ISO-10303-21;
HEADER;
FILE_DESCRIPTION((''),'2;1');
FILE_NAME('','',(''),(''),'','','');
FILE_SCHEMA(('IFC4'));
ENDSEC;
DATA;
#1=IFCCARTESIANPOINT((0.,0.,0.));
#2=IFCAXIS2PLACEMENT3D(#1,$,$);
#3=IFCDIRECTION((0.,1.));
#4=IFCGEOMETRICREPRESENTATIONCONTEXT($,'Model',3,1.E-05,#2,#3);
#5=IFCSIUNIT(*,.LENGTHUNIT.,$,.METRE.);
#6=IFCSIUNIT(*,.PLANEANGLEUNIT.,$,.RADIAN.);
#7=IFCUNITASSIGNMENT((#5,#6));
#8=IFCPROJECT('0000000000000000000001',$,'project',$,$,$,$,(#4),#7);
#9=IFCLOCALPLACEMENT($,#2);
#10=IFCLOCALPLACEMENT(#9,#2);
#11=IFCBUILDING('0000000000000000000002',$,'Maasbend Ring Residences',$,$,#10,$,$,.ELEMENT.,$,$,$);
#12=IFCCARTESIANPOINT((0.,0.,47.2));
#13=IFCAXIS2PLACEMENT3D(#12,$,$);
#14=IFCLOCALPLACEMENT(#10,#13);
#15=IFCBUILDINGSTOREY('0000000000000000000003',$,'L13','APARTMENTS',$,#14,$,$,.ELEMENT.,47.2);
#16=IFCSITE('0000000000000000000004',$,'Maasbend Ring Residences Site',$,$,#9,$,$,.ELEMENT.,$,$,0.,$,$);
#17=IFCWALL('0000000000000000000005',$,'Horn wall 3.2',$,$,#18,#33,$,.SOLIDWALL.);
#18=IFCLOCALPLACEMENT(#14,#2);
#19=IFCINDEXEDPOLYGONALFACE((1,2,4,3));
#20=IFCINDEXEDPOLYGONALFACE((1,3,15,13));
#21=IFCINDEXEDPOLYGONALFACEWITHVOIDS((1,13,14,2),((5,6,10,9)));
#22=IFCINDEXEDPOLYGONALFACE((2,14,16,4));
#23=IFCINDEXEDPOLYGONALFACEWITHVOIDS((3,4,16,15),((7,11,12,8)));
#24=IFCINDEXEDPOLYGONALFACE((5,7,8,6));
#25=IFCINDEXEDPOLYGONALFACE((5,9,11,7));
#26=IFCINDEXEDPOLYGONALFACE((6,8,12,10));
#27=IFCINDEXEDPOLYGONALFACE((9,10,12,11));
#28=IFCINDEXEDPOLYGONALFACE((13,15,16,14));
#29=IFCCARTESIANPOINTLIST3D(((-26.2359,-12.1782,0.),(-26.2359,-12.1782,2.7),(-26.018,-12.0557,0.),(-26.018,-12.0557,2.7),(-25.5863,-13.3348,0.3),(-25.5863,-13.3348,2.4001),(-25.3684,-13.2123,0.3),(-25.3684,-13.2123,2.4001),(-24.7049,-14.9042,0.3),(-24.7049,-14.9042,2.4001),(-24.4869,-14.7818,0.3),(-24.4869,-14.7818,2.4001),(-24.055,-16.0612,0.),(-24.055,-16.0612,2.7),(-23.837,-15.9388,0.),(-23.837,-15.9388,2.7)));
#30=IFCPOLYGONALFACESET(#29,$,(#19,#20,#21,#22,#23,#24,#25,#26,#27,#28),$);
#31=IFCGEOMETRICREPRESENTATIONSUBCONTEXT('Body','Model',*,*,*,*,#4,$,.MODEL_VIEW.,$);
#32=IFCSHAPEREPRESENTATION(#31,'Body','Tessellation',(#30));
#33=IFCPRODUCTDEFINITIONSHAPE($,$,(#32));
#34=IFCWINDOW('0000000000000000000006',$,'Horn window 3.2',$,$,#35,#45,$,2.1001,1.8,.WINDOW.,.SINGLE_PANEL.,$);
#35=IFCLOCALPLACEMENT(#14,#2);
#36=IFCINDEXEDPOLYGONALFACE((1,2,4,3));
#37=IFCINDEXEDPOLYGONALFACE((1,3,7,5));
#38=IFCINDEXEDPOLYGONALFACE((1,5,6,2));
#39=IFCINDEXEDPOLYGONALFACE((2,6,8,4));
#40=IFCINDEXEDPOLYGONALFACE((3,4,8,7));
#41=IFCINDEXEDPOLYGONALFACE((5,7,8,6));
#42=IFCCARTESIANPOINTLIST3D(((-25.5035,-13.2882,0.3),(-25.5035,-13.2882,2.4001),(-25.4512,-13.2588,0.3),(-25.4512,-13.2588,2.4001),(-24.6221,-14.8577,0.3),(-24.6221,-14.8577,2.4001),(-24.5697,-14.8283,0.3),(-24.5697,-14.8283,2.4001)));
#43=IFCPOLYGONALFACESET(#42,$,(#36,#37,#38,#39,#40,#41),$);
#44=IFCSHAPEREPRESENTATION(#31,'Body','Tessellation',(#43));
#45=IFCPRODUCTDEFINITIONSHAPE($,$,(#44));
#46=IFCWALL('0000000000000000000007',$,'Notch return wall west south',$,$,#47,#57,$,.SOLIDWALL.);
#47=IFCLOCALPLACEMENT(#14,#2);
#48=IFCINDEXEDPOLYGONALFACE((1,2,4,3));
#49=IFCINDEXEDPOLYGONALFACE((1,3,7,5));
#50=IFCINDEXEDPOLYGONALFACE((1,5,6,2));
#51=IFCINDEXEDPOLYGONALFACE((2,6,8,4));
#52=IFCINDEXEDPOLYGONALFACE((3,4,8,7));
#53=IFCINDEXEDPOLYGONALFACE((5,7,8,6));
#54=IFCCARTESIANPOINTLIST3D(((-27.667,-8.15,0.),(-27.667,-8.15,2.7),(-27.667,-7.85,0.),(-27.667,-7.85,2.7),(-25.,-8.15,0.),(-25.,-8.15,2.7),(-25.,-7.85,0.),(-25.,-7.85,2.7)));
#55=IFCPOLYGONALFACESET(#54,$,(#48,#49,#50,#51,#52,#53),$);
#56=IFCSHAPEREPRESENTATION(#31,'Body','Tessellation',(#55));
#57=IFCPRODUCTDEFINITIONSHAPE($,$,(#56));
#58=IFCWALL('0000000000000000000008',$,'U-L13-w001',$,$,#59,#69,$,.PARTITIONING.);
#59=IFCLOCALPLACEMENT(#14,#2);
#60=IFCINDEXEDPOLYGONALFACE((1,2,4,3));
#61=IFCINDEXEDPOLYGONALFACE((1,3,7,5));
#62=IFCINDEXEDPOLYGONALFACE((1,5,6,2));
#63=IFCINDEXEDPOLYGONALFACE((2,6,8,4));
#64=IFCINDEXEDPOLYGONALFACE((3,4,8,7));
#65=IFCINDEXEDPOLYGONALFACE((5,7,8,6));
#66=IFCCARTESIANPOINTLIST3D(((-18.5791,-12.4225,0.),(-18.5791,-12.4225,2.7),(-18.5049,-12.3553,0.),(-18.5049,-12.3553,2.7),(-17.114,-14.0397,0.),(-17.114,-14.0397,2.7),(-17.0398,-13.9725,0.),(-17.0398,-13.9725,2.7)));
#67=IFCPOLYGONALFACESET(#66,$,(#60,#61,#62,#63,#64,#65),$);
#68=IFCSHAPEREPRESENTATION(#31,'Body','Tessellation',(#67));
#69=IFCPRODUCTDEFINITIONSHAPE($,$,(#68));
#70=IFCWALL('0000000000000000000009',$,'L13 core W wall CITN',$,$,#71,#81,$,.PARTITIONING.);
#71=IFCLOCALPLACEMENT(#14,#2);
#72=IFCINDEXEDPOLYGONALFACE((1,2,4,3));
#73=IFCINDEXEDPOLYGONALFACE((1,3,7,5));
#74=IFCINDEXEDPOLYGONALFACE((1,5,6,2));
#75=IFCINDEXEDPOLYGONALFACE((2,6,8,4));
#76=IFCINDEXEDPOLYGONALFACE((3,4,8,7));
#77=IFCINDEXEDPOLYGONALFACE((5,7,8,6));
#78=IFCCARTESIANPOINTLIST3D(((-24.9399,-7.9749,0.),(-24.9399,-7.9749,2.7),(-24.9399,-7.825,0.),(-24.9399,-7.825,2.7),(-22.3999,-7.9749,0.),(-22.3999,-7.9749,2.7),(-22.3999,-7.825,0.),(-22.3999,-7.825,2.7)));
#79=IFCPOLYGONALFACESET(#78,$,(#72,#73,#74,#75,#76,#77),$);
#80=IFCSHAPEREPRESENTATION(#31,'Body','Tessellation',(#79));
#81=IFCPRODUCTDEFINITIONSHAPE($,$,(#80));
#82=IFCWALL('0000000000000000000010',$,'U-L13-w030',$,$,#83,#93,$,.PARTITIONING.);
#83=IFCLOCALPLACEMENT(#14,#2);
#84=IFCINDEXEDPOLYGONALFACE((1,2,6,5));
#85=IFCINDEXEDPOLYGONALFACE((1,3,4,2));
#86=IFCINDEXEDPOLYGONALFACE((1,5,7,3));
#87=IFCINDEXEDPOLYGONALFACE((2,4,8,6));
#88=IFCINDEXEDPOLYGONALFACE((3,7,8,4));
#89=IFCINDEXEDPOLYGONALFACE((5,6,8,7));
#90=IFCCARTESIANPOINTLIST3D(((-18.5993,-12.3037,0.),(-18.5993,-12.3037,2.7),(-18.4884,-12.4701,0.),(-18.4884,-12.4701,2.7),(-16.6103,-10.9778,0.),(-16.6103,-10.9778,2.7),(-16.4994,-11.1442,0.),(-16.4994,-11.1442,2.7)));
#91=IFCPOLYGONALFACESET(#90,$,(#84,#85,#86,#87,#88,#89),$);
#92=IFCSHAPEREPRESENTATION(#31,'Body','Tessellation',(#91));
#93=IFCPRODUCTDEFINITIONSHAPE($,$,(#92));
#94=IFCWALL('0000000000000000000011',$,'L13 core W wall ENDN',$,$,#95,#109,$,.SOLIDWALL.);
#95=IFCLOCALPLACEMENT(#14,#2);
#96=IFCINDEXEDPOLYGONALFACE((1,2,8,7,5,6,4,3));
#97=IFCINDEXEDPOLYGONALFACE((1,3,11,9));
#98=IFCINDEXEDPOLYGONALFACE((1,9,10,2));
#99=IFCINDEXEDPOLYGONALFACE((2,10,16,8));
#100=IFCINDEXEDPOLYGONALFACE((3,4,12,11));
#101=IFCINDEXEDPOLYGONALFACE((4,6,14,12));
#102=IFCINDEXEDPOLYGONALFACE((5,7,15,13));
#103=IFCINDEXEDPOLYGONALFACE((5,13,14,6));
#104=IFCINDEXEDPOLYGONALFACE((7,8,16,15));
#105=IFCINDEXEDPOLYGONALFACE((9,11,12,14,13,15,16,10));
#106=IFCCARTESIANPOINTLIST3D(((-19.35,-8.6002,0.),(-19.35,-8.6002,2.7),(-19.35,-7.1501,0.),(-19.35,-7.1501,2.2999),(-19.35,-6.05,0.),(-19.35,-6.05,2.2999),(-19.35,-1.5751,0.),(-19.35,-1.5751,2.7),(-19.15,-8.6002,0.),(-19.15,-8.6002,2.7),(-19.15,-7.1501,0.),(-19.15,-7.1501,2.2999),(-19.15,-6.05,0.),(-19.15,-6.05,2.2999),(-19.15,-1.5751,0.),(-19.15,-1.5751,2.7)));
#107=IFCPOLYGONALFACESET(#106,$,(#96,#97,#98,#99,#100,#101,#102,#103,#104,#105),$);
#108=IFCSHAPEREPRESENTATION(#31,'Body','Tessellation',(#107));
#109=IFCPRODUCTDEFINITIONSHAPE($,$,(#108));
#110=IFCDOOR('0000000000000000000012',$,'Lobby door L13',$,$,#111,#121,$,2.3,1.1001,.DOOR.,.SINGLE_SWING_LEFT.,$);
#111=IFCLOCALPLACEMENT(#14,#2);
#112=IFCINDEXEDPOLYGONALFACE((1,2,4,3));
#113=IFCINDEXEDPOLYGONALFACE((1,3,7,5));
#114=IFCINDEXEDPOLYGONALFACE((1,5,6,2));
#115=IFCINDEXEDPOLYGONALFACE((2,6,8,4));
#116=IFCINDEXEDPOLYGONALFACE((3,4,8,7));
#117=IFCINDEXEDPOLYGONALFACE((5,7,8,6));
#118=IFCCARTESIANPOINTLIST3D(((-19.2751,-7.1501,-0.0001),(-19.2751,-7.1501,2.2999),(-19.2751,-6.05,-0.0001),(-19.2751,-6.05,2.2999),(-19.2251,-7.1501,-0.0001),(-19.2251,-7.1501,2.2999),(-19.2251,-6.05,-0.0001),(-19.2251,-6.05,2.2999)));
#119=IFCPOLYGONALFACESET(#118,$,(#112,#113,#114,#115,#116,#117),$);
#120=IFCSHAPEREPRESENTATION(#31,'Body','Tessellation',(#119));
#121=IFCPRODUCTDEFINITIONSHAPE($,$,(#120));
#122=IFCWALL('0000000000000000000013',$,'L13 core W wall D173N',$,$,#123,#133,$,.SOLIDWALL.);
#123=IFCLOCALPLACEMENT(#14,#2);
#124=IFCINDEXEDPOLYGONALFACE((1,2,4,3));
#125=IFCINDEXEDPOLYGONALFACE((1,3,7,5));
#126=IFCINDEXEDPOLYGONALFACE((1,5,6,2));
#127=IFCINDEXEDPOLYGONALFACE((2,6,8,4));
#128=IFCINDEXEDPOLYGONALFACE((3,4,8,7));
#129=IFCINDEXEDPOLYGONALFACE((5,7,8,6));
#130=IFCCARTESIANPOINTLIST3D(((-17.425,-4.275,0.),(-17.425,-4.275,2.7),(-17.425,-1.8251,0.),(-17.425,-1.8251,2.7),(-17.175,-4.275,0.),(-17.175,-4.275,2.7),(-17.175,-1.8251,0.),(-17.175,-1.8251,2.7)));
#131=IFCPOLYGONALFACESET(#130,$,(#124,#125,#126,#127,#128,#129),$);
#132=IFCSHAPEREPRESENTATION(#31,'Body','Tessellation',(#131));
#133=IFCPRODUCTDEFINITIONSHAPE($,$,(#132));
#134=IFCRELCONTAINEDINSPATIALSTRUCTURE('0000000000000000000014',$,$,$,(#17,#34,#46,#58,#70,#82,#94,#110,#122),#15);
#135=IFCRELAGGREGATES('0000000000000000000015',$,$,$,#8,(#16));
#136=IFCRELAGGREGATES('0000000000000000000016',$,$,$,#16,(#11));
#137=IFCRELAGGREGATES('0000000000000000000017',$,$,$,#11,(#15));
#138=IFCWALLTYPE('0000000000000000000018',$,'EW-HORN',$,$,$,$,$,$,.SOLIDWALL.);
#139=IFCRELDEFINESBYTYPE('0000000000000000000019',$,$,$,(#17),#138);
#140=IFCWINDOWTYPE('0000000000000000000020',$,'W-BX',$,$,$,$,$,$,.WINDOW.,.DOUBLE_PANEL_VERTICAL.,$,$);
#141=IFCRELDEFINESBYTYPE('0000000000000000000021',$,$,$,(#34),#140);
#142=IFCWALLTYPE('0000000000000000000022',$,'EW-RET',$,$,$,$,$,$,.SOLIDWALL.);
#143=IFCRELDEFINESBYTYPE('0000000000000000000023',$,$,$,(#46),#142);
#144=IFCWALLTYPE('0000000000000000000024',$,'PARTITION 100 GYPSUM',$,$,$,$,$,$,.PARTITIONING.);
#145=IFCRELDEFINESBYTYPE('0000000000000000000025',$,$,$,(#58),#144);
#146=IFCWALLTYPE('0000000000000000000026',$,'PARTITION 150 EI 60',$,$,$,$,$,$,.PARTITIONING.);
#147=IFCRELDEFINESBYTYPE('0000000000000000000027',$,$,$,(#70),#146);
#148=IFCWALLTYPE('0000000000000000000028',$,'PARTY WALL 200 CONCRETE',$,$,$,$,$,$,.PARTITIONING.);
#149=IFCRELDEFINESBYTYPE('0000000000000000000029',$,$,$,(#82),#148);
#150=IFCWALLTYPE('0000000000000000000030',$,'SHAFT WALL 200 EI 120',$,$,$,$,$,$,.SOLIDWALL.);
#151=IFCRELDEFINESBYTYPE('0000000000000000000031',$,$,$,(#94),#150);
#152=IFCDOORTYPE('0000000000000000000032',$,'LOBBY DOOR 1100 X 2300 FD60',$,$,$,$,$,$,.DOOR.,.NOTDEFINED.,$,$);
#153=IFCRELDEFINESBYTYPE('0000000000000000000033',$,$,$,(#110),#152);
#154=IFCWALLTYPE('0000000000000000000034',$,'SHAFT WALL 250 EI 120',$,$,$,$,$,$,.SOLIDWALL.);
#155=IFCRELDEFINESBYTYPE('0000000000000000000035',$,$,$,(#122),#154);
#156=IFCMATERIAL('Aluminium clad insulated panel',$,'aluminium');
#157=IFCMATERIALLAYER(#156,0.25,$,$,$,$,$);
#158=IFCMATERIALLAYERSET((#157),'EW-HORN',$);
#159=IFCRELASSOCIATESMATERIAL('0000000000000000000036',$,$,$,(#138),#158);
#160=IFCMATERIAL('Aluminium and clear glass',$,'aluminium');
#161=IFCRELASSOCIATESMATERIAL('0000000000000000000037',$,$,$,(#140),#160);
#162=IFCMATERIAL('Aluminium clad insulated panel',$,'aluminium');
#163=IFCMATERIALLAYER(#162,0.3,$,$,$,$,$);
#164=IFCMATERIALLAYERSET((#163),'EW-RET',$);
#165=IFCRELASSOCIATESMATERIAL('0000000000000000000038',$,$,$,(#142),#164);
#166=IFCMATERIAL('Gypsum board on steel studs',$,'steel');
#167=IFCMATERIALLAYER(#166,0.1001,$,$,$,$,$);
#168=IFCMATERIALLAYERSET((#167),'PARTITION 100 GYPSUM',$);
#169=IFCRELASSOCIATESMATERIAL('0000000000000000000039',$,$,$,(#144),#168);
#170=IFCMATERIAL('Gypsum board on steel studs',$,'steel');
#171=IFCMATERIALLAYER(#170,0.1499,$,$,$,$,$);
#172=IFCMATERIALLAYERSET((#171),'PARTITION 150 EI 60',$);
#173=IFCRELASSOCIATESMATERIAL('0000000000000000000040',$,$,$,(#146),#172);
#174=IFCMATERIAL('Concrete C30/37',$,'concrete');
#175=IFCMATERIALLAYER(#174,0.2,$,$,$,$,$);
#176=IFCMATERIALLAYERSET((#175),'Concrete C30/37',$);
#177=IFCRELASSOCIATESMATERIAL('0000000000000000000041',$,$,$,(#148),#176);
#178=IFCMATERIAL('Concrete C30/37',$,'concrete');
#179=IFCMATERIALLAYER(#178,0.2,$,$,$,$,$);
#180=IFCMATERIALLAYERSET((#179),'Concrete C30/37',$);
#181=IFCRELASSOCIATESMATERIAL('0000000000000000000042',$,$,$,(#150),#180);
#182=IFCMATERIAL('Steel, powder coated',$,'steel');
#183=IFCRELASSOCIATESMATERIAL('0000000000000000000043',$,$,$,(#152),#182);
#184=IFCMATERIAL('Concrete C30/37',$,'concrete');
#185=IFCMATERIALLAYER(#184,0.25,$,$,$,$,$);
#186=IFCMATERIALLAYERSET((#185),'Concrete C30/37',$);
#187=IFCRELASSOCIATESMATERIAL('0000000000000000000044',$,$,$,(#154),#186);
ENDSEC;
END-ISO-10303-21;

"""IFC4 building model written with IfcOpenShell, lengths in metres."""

from ifc_helpers import new_model, si_unit, direction, frame, frame_2d, origin, place, context, subcontext, project, spatial, rectangle, extrude, material, layer, layer_set, type_object, element, fill, save


model = new_model("IFC4")

# Units and contexts
model_context = context("Model", 3, precision=1e-05, world=origin(), true_north=direction((0.0, 1.0)))
body_context = subcontext(model_context, "Body", "Model", "MODEL_VIEW")
ifc_project = project(units=[si_unit("LENGTHUNIT", "METRE"), si_unit("PLANEANGLEUNIT", "RADIAN")], contexts=[model_context])

# Site, building, storey
site_placement = place(None, origin())
site = spatial("IfcSite", under=ifc_project, at=site_placement, Name="Maasbend Ring Residences Site", CompositionType="ELEMENT", RefElevation=0.0)
building_placement = place(site_placement, origin())
building = spatial("IfcBuilding", under=site, at=building_placement, Name="Maasbend Ring Residences", CompositionType="ELEMENT")
storey_placement = place(building_placement, frame((0.0, 0.0, 47.2)))
storey = spatial("IfcBuildingStorey", under=building, at=storey_placement, Name="L13", Description="APARTMENTS", CompositionType="ELEMENT", Elevation=47.2)

# Wall, opening, window
ifc_material_1 = material(Name="Aluminium clad insulated panel", Category="aluminium")
ifc_layer_1 = layer(ifc_material_1, 0.25)
ifc_layer_set_1 = layer_set([ifc_layer_1], Name="EW-HORN")
wall_type_1 = type_object("IfcWallType", Name="EW-HORN", PredefinedType="SOLIDWALL", material=ifc_layer_set_1)
ifc_material_2 = material(Name="Aluminium and clear glass", Category="aluminium")
window_type = type_object("IfcWindowType", Name="W-BX", PartitioningType="DOUBLE_PANEL_VERTICAL", PredefinedType="WINDOW", material=ifc_material_2)
wall_1_placement = place(storey_placement, frame((-26.127, -12.1169, 0.0), z_axis=(0.0, 0.0, 1.0), x_axis=(0.489696, -0.871893, 0.0)))
wall_1 = element("IfcWall", 1, at=wall_1_placement, inside=storey, type_object=wall_type_1, Name="Horn wall 3.2", PredefinedType="SOLIDWALL", context=body_context, shape_type="SweptSolid", body=[
    extrude(rectangle(XDim=4.4536, YDim=0.25, at=frame_2d((2.2268, 0.0))), origin(), (0.0, 0.0, 1.0), 2.7),
])
opening_1_placement = place(wall_1_placement, frame((1.3267, 0.0, 0.3)))
opening_1 = element("IfcOpeningElement", 2, at=opening_1_placement, cuts=wall_1, PredefinedType="OPENING", context=body_context, shape_type="SweptSolid", body=[
    extrude(rectangle(XDim=1.8, YDim=2.1001, at=frame_2d((0.8999, 1.05))), frame((0.0, 0.135, 0.0), z_axis=(0.0, -1.0, 0.0), x_axis=(1.0, 0.0, 0.0)), (0.0, 0.0, 1.0), 0.27),
])
window_1_placement = place(opening_1_placement, origin())
window_1 = element("IfcWindow", 3, at=window_1_placement, inside=storey, type_object=window_type, Name="Horn window 3.2", OverallHeight=2.1001, OverallWidth=1.8, PartitioningType="SINGLE_PANEL", PredefinedType="WINDOW", context=body_context, shape_type="SweptSolid", body=[
    extrude(rectangle(XDim=1.8, YDim=2.1001, at=frame_2d((0.8999, 1.05))), frame((0.0, 0.03, 0.0), z_axis=(0.0, -1.0, 0.0), x_axis=(1.0, 0.0, 0.0)), (0.0, 0.0, 1.0), 0.0601),
])
fill(opening_1, window_1)

# Walls
ifc_material_3 = material(Name="Aluminium clad insulated panel", Category="aluminium")
ifc_layer_2 = layer(ifc_material_3, 0.3)
ifc_layer_set_2 = layer_set([ifc_layer_2], Name="EW-RET")
wall_type_2 = type_object("IfcWallType", Name="EW-RET", PredefinedType="SOLIDWALL", material=ifc_layer_set_2)
wall_2_placement = place(storey_placement, frame((-25.0, -8.0, 0.0), z_axis=(0.0, 0.0, 1.0), x_axis=(-1.0, 0.0, 0.0)))
element("IfcWall", 4, at=wall_2_placement, inside=storey, type_object=wall_type_2, Name="Notch return wall west south", PredefinedType="SOLIDWALL", context=body_context, shape_type="SweptSolid", body=[
    extrude(rectangle(XDim=2.667, YDim=0.3, at=frame_2d((1.3335, 0.0))), origin(), (0.0, 0.0, 1.0), 2.7),
])
ifc_material_4 = material(Name="Gypsum board on steel studs", Category="steel")
ifc_layer_3 = layer(ifc_material_4, 0.1001)
ifc_layer_set_3 = layer_set([ifc_layer_3], Name="PARTITION 100 GYPSUM")
wall_type_3 = type_object("IfcWallType", Name="PARTITION 100 GYPSUM", PredefinedType="PARTITIONING", material=ifc_layer_set_3)
wall_3_placement = place(storey_placement, frame((-18.542, -12.3889, 0.0), z_axis=(0.0, 0.0, 1.0), x_axis=(0.671397, -0.741098, 0.0)))
element("IfcWall", 5, at=wall_3_placement, inside=storey, type_object=wall_type_3, Name="U-L13-w001", PredefinedType="PARTITIONING", context=body_context, shape_type="SweptSolid", body=[
    extrude(rectangle(XDim=2.1821, YDim=0.1001, at=frame_2d((1.0911, 0.0))), origin(), (0.0, 0.0, 1.0), 2.7),
])
ifc_material_5 = material(Name="Gypsum board on steel studs", Category="steel")
ifc_layer_4 = layer(ifc_material_5, 0.1499)
ifc_layer_set_4 = layer_set([ifc_layer_4], Name="PARTITION 150 EI 60")
wall_type_4 = type_object("IfcWallType", Name="PARTITION 150 EI 60", PredefinedType="PARTITIONING", material=ifc_layer_set_4)
wall_4_placement = place(storey_placement, frame((-22.3999, -7.8999, 0.0), z_axis=(0.0, 0.0, 1.0), x_axis=(-1.0, 0.0, 0.0)))
element("IfcWall", 6, at=wall_4_placement, inside=storey, type_object=wall_type_4, Name="L13 core W wall CITN", PredefinedType="PARTITIONING", context=body_context, shape_type="SweptSolid", body=[
    extrude(rectangle(XDim=2.54, YDim=0.1499, at=frame_2d((1.27, 0.0))), origin(), (0.0, 0.0, 1.0), 2.7),
])
ifc_material_6 = material(Name="Concrete C30/37", Category="concrete")
ifc_layer_5 = layer(ifc_material_6, 0.2)
ifc_layer_set_5 = layer_set([ifc_layer_5], Name="Concrete C30/37")
wall_type_5 = type_object("IfcWallType", Name="PARTY WALL 200 CONCRETE", PredefinedType="PARTITIONING", material=ifc_layer_set_5)
wall_5_placement = place(storey_placement, frame((-18.5439, -12.387, 0.0), z_axis=(0.0, 0.0, 1.0), x_axis=(0.832066, 0.554677, 0.0)))
element("IfcWall", 7, at=wall_5_placement, inside=storey, type_object=wall_type_5, Name="U-L13-w030", PredefinedType="PARTITIONING", context=body_context, shape_type="SweptSolid", body=[
    extrude(rectangle(XDim=2.3904, YDim=0.2, at=frame_2d((1.1953, 0.0))), origin(), (0.0, 0.0, 1.0), 2.7),
])

# Wall, opening, door
ifc_material_7 = material(Name="Concrete C30/37", Category="concrete")
ifc_layer_6 = layer(ifc_material_7, 0.2)
ifc_layer_set_6 = layer_set([ifc_layer_6], Name="Concrete C30/37")
wall_type_6 = type_object("IfcWallType", Name="SHAFT WALL 200 EI 120", PredefinedType="SOLIDWALL", material=ifc_layer_set_6)
wall_6_placement = place(storey_placement, frame((-19.25, -1.575, 0.0), z_axis=(0.0, 0.0, 1.0), x_axis=(0.0, -1.0, 0.0)))
wall_6 = element("IfcWall", 8, at=wall_6_placement, inside=storey, type_object=wall_type_6, Name="L13 core W wall ENDN", PredefinedType="SOLIDWALL", context=body_context, shape_type="SweptSolid", body=[
    extrude(rectangle(XDim=7.0251, YDim=0.2, at=frame_2d((3.5127, 0.0))), origin(), (0.0, 0.0, 1.0), 2.7),
])
opening_2_placement = place(wall_6_placement, frame((4.4751, 0.0, 0.0)))
opening_2 = element("IfcOpeningElement", 9, at=opening_2_placement, cuts=wall_6, PredefinedType="OPENING", context=body_context, shape_type="SweptSolid", body=[
    extrude(rectangle(XDim=1.1001, YDim=2.3, at=frame_2d((0.55, 1.1499))), frame((0.0, 0.1099, 0.0), z_axis=(0.0, -1.0, 0.0), x_axis=(1.0, 0.0, 0.0)), (0.0, 0.0, 1.0), 0.22),
])
ifc_material_8 = material(Name="Steel, powder coated", Category="steel")
door_type_1 = type_object("IfcDoorType", Name="LOBBY DOOR 1100 X 2300 FD60", OperationType="NOTDEFINED", PredefinedType="DOOR", material=ifc_material_8)
door_1_placement = place(opening_2_placement, origin())
door_1 = element("IfcDoor", 10, at=door_1_placement, inside=storey, type_object=door_type_1, Name="Lobby door L13", OperationType="SINGLE_SWING_LEFT", OverallHeight=2.3, OverallWidth=1.1001, PredefinedType="DOOR", context=body_context, shape_type="SweptSolid", body=[
    extrude(rectangle(XDim=1.1001, YDim=2.3, at=frame_2d((0.55, 1.1499))), frame((0.0, 0.0249, 0.0), z_axis=(0.0, -1.0, 0.0), x_axis=(1.0, 0.0, 0.0)), (0.0, 0.0, 1.0), 0.05),
])
fill(opening_2, door_1)

# Wall
ifc_material_9 = material(Name="Concrete C30/37", Category="concrete")
ifc_layer_7 = layer(ifc_material_9, 0.25)
ifc_layer_set_7 = layer_set([ifc_layer_7], Name="Concrete C30/37")
wall_type_7 = type_object("IfcWallType", Name="SHAFT WALL 250 EI 120", PredefinedType="SOLIDWALL", material=ifc_layer_set_7)
wall_7_placement = place(storey_placement, frame((-17.3, -1.825, 0.0), z_axis=(0.0, 0.0, 1.0), x_axis=(0.0, -1.0, 0.0)))
element("IfcWall", 11, at=wall_7_placement, inside=storey, type_object=wall_type_7, Name="L13 core W wall D173N", PredefinedType="SOLIDWALL", context=body_context, shape_type="SweptSolid", body=[
    extrude(rectangle(XDim=2.45, YDim=0.25, at=frame_2d((1.2251, 0.0))), origin(), (0.0, 0.0, 1.0), 2.7),
])

save(model, "model.ifc")
